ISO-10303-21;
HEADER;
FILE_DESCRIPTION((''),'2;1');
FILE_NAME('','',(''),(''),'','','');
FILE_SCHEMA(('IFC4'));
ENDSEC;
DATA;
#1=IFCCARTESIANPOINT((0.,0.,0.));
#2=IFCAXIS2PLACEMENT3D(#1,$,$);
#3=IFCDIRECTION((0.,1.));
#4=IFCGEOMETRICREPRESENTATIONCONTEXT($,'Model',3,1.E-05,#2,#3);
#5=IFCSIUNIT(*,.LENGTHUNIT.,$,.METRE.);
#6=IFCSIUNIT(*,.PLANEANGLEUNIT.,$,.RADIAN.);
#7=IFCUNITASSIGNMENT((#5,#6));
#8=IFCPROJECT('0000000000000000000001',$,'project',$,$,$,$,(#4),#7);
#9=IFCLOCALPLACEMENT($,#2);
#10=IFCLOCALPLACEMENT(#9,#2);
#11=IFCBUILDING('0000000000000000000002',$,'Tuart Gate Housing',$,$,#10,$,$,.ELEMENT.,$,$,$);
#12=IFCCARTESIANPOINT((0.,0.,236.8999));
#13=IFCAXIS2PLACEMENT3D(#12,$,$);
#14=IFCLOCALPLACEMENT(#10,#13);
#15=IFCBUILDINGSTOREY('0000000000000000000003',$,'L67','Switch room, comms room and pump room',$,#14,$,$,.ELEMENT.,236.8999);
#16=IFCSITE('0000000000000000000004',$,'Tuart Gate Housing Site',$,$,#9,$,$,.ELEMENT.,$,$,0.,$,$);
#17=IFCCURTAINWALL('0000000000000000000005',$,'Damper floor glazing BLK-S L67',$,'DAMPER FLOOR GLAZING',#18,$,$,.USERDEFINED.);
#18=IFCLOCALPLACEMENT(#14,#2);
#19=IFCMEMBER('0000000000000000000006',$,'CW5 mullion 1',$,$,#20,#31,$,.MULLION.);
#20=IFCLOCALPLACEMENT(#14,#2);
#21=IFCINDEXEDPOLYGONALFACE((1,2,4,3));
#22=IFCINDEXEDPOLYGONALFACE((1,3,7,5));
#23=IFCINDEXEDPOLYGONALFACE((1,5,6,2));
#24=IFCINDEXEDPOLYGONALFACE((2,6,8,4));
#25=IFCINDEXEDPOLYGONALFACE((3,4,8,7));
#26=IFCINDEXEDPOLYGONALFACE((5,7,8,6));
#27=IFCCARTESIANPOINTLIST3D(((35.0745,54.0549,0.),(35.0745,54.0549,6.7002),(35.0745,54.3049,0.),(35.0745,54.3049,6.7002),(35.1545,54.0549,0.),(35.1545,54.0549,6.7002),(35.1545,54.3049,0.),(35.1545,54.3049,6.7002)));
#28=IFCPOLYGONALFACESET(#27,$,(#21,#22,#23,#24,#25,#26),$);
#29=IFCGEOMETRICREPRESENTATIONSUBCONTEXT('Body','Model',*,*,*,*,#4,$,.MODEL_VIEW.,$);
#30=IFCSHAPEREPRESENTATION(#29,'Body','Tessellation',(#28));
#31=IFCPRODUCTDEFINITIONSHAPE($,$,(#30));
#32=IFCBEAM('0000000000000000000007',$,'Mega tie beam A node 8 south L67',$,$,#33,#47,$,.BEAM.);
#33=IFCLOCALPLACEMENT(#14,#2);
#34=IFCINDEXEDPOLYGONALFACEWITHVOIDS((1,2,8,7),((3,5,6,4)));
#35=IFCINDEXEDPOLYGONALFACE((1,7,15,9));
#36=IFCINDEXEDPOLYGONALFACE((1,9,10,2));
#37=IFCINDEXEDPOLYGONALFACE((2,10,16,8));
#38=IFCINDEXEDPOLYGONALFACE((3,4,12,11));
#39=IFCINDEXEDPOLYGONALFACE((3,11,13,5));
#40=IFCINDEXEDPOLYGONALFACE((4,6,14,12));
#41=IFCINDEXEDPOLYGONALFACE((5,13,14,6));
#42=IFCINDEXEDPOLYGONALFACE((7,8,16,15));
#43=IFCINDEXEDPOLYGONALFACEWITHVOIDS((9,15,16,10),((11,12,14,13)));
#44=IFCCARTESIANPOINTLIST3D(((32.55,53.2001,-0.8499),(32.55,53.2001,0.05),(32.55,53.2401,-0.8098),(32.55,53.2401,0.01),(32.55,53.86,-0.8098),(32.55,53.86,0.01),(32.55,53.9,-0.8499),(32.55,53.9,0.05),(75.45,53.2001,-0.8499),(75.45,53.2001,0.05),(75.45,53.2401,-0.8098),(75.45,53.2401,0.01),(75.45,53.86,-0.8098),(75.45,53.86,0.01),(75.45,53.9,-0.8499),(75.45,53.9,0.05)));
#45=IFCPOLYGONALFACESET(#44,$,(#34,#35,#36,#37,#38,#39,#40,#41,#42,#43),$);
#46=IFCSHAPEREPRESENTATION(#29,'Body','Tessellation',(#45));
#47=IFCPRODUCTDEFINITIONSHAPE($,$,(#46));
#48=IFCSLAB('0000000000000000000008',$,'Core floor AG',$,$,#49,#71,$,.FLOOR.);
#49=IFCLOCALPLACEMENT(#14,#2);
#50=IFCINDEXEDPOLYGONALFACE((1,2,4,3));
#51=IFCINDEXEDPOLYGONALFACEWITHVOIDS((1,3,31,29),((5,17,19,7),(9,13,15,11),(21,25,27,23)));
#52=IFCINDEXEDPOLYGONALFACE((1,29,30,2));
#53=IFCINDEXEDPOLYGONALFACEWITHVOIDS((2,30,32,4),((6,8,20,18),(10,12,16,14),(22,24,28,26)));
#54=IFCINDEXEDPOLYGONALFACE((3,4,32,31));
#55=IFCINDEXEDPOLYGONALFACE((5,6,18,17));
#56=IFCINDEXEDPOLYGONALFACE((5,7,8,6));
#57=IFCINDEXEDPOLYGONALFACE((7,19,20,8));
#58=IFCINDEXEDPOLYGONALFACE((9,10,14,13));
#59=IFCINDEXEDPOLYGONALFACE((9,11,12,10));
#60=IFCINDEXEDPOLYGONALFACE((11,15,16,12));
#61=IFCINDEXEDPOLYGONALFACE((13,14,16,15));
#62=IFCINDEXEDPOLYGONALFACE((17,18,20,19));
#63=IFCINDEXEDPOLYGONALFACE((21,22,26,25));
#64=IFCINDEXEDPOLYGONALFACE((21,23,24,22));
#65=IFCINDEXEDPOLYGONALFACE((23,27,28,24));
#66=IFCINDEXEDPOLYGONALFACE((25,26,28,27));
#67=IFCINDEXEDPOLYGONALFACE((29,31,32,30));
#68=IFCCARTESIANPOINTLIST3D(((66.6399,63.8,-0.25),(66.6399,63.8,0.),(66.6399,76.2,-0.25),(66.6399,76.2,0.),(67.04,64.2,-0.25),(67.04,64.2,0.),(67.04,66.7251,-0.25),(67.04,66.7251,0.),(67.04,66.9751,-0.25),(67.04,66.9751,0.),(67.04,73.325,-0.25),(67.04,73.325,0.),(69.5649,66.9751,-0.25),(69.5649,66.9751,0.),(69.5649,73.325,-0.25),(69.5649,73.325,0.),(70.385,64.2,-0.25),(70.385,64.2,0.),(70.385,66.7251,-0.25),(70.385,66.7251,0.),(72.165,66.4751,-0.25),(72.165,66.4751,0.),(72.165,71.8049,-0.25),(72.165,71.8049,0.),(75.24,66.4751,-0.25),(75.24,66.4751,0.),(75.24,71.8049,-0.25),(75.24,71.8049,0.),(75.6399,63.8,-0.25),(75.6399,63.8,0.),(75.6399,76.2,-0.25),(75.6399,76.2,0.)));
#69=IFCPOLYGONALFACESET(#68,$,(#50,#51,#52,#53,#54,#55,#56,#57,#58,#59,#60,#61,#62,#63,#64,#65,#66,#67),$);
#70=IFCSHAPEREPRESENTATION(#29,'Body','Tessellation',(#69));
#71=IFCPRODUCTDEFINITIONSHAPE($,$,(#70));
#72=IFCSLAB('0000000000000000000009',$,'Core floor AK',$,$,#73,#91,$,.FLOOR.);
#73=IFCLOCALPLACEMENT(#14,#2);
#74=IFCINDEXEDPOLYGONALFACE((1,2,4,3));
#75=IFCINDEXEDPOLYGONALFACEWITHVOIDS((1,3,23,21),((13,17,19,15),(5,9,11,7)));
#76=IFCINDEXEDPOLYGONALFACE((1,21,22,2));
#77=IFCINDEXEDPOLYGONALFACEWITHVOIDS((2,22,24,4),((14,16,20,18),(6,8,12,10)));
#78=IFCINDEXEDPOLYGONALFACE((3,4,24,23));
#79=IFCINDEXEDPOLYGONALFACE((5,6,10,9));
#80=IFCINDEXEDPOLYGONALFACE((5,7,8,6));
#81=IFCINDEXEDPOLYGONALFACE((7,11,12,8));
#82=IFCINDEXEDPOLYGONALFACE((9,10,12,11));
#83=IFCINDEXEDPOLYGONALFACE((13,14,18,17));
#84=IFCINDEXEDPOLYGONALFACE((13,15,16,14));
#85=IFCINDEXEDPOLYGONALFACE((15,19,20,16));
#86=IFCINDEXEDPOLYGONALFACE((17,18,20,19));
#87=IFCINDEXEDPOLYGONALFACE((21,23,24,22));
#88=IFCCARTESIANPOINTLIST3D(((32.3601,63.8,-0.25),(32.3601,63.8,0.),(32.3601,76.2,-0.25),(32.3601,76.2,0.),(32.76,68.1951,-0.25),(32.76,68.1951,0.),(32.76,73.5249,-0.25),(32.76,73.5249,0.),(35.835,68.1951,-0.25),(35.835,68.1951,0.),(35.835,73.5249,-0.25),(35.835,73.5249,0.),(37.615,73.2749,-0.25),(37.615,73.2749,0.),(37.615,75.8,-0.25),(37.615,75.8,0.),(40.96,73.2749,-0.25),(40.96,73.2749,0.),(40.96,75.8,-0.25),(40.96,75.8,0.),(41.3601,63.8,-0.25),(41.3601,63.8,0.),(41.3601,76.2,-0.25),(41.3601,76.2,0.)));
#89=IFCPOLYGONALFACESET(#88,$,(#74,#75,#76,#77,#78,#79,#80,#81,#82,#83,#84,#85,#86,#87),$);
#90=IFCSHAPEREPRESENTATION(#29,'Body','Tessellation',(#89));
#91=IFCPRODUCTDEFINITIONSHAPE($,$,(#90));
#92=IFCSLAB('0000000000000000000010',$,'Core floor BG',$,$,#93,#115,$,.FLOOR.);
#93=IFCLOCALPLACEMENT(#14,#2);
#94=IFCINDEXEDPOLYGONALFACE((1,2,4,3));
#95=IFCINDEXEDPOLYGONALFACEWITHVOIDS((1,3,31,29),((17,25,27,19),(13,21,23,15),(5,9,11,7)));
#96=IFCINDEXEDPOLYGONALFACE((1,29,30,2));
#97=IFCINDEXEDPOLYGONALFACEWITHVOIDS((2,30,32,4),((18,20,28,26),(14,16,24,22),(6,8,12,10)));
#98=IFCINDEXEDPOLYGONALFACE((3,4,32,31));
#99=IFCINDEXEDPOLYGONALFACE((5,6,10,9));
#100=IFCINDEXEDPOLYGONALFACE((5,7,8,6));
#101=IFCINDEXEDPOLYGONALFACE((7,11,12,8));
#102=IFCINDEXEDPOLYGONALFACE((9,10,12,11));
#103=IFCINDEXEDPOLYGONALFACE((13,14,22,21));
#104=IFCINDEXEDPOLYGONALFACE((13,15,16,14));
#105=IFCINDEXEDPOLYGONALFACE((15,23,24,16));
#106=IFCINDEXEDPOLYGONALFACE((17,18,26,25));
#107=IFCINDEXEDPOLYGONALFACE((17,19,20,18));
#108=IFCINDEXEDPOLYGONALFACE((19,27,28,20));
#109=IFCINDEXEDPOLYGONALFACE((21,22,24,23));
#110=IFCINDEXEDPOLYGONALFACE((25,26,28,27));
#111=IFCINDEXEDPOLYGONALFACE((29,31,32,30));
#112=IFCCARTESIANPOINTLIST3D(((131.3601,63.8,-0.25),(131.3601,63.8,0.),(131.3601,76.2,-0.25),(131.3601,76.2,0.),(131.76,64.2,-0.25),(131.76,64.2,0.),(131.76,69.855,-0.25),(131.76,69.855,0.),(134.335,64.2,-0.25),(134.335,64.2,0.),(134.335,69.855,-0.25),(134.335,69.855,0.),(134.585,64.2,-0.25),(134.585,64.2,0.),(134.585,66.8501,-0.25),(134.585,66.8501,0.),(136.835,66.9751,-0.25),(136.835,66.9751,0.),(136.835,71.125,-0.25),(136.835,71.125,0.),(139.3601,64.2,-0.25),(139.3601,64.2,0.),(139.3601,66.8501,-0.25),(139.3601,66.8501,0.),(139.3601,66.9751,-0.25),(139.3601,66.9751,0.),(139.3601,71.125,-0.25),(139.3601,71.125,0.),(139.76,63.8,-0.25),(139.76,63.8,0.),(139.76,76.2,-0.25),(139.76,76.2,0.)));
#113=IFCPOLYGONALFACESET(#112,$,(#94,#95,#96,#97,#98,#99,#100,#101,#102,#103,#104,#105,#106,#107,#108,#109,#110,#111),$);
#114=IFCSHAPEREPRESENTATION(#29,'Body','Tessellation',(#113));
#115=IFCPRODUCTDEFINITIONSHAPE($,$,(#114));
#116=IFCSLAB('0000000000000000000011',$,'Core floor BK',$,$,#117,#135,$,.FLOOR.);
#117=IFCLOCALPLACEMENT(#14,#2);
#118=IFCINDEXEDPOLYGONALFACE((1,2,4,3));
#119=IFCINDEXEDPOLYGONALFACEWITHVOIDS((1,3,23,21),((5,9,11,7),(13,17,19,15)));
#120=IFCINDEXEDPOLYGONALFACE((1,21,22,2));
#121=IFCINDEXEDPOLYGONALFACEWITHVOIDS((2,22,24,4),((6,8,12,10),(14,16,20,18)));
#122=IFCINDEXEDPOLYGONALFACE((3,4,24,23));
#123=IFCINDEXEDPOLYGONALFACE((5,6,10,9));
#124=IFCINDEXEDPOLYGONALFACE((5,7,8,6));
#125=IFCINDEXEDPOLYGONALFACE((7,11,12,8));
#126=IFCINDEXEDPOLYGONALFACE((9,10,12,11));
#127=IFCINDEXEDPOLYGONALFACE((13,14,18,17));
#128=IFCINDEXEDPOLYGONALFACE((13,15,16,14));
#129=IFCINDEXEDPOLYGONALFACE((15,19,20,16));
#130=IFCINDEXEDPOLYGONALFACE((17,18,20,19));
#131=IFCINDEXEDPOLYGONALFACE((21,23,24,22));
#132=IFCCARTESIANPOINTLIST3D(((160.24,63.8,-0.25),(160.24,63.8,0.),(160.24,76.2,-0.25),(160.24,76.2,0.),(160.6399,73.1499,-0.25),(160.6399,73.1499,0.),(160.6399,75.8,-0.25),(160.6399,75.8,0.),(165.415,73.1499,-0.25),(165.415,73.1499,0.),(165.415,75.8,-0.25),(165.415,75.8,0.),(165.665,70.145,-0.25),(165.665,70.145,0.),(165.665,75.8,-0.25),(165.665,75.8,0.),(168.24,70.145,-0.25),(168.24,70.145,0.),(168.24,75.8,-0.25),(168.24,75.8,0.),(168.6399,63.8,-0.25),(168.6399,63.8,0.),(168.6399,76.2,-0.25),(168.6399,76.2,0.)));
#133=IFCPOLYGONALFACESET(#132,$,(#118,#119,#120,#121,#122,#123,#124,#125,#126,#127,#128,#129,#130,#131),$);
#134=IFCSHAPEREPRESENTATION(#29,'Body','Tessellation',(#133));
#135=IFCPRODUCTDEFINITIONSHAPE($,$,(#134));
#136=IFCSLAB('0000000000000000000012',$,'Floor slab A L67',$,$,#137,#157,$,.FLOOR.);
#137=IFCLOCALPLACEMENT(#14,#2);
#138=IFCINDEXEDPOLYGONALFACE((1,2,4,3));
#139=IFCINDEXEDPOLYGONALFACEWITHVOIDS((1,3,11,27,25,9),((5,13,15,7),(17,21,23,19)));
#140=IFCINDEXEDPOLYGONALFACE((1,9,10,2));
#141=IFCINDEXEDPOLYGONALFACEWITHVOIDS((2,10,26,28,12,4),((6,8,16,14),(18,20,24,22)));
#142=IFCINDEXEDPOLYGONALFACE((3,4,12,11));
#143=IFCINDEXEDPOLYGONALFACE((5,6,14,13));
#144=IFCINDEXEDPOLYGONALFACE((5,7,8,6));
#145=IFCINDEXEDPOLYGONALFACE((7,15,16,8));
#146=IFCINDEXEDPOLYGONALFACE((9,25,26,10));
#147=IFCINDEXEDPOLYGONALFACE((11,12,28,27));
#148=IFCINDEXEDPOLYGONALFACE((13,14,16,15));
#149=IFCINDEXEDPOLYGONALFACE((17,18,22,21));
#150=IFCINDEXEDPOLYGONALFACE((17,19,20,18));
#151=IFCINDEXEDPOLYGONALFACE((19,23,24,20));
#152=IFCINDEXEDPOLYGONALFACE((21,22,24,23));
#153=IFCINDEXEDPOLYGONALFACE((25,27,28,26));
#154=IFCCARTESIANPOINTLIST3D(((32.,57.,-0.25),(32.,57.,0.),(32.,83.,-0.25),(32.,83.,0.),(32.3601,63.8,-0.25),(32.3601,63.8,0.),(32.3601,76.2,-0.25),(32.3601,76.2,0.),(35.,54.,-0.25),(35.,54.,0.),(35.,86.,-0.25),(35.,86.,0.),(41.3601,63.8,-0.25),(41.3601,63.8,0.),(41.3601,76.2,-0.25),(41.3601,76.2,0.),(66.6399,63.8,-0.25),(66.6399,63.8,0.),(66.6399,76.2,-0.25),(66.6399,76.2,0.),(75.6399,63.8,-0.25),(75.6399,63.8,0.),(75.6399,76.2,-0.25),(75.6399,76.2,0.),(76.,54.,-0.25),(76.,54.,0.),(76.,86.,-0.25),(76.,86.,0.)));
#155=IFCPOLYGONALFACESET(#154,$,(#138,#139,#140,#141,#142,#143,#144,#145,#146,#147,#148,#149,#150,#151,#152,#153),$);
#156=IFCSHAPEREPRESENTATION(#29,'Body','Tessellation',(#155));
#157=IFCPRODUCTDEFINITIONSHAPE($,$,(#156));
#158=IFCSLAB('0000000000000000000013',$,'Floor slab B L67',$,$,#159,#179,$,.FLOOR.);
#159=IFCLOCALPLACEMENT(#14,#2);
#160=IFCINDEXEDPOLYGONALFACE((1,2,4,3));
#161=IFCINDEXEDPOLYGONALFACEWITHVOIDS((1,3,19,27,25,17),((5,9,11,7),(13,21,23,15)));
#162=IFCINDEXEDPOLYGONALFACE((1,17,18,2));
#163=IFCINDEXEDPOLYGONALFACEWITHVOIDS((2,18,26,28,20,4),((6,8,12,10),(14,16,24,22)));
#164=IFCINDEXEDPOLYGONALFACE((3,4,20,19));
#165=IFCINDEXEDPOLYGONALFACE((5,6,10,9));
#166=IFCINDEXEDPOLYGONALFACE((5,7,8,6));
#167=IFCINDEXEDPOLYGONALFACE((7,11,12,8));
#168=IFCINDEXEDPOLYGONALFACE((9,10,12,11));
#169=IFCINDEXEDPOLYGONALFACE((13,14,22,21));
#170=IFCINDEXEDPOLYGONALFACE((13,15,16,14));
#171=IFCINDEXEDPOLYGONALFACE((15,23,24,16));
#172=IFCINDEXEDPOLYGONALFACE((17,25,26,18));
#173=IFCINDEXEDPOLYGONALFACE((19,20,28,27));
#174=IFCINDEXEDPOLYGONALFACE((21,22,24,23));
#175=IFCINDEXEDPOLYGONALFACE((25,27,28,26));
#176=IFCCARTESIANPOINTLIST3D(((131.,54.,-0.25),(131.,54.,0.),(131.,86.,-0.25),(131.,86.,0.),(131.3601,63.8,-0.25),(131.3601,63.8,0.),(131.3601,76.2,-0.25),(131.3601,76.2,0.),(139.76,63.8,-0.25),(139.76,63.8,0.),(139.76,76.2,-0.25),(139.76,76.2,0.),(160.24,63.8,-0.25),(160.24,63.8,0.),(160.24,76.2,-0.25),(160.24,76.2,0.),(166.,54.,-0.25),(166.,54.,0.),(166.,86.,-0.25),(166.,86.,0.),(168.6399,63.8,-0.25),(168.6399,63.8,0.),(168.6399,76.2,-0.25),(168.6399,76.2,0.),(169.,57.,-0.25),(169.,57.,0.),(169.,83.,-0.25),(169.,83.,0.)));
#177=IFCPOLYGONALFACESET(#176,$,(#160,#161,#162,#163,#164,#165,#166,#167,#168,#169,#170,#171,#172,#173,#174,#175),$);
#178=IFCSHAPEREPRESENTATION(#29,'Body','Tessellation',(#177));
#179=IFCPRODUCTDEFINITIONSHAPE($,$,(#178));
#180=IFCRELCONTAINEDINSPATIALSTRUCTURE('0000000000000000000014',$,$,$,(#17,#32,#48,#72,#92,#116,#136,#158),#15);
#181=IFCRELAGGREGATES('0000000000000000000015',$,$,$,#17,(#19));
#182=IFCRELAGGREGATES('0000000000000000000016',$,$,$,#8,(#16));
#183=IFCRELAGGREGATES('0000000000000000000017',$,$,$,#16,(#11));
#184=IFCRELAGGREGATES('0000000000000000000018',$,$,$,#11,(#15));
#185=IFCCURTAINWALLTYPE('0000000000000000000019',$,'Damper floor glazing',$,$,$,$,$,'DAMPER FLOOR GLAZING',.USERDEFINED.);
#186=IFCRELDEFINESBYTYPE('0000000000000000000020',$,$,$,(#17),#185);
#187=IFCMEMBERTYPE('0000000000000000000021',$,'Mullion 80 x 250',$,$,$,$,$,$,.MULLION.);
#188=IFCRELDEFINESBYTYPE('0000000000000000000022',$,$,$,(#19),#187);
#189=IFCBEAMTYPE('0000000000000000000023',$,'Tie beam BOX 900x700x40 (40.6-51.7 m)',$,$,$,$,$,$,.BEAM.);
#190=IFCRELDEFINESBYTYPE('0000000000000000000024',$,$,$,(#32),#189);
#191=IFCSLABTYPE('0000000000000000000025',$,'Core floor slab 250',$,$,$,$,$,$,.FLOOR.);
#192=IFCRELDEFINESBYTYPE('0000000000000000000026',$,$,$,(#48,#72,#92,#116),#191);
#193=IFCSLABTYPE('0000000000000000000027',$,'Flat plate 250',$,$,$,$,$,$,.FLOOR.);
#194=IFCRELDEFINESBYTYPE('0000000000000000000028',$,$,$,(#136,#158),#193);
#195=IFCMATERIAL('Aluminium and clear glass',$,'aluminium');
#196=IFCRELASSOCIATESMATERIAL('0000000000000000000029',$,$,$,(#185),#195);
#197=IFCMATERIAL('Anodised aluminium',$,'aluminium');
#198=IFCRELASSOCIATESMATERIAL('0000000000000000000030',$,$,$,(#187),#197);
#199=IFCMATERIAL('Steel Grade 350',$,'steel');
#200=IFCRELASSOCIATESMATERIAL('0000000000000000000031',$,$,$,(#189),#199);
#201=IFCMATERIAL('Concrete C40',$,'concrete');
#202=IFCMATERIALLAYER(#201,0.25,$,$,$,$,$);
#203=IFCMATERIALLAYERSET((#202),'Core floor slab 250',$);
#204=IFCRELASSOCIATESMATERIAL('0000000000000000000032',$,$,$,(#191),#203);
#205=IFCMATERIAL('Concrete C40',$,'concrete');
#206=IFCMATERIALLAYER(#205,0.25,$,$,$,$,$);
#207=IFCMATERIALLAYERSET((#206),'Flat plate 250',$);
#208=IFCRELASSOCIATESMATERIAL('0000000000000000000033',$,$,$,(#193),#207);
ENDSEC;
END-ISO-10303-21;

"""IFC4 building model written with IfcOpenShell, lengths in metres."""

from ifc_helpers import new_model, si_unit, direction, frame, origin, origin_2d, place, context, subcontext, project, spatial, polyline, rectangle, hollow_rectangle, outline, extrude, material, layer, layer_set, material_profile, profile_set, type_object, element, aggregate, save


model = new_model("IFC4")

# Units and contexts
model_context = context("Model", 3, precision=1e-05, world=origin(), true_north=direction((0.0, 1.0)))
body_context = subcontext(model_context, "Body", "Model", "MODEL_VIEW")
ifc_project = project(units=[si_unit("LENGTHUNIT", "METRE"), si_unit("PLANEANGLEUNIT", "RADIAN")], contexts=[model_context])

# Site, building, storey
site_placement = place(None, origin())
site = spatial("IfcSite", under=ifc_project, at=site_placement, Name="Tuart Gate Housing Site", CompositionType="ELEMENT", RefElevation=0.0)
building_placement = place(site_placement, origin())
building = spatial("IfcBuilding", under=site, at=building_placement, Name="Tuart Gate Housing", CompositionType="ELEMENT")
storey_placement = place(building_placement, frame((0.0, 0.0, 236.8999)))
storey = spatial("IfcBuildingStorey", under=building, at=storey_placement, Name="L67", Description="Switch room, comms room and pump room", CompositionType="ELEMENT", Elevation=236.8999)

# Curtain wall, member
ifc_material_1 = material(Name="Aluminium and clear glass", Category="aluminium")
curtain_wall_type = type_object("IfcCurtainWallType", Name="Damper floor glazing", ElementType="DAMPER FLOOR GLAZING", PredefinedType="USERDEFINED", material=ifc_material_1)
curtain_wall_placement = place(storey_placement, origin())
curtain_wall = element("IfcCurtainWall", 1, at=curtain_wall_placement, inside=storey, type_object=curtain_wall_type, Name="Damper floor glazing BLK-S L67", ObjectType="DAMPER FLOOR GLAZING", PredefinedType="USERDEFINED")
ifc_material_2 = material(Name="Anodised aluminium", Category="aluminium")
ifc_material_profile_1 = material_profile(ifc_material_2, rectangle(XDim=0.0801, YDim=0.25, at=origin_2d()), Name="80x250")
ifc_profile_set_1 = profile_set([ifc_material_profile_1], Name="Anodised aluminium")
member_type = type_object("IfcMemberType", Name="Mullion 80 x 250", PredefinedType="MULLION", material=ifc_profile_set_1)
member_placement = place(storey_placement, frame((35.1145, 54.1799, 0.0), z_axis=(0.0, 0.0, 1.0), x_axis=(1.0, 0.0, 0.0)))
member = element("IfcMember", 2, at=member_placement, type_object=member_type, Name="CW5 mullion 1", PredefinedType="MULLION", context=body_context, shape_type="SweptSolid", body=[
    extrude(rectangle(XDim=0.0801, YDim=0.25, at=origin_2d()), origin(), (0.0, 0.0, 1.0), 6.7002),
])
aggregate(curtain_wall, [member])

# Beam
ifc_material_3 = material(Name="Steel Grade 350", Category="steel")
ifc_material_profile_2 = material_profile(ifc_material_3, hollow_rectangle(XDim=0.7, YDim=0.8999, WallThickness=0.04, at=origin_2d()), Name="BOX 900x700x40")
ifc_profile_set_2 = profile_set([ifc_material_profile_2], Name="Steel Grade 350")
beam_type = type_object("IfcBeamType", Name="Tie beam BOX 900x700x40 (40.6-51.7 m)", PredefinedType="BEAM", material=ifc_profile_set_2)
beam_placement = place(storey_placement, frame((32.55, 53.55, -0.3999), z_axis=(1.0, 0.0, 0.0), x_axis=(0.0, 1.0, 0.0)))
element("IfcBeam", 3, at=beam_placement, inside=storey, type_object=beam_type, Name="Mega tie beam A node 8 south L67", PredefinedType="BEAM", context=body_context, shape_type="SweptSolid", body=[
    extrude(hollow_rectangle(XDim=0.7, YDim=0.8999, WallThickness=0.04, at=origin_2d()), origin(), (0.0, 0.0, 1.0), 42.8999),
])

# Slabs
ifc_material_4 = material(Name="Concrete C40", Category="concrete")
ifc_layer_1 = layer(ifc_material_4, 0.25)
ifc_layer_set_1 = layer_set([ifc_layer_1], Name="Core floor slab 250")
slab_type_1 = type_object("IfcSlabType", Name="Core floor slab 250", PredefinedType="FLOOR", material=ifc_layer_set_1)
slab_1_placement = place(storey_placement, frame((0.0, 0.0, -0.25)))
element("IfcSlab", 4, at=slab_1_placement, inside=storey, type_object=slab_type_1, Name="Core floor AG", PredefinedType="FLOOR", context=body_context, shape_type="SweptSolid", body=[
    extrude(outline(polyline([(66.6399, 63.8), (75.6399, 63.8), (75.6399, 76.2), (66.6399, 76.2), (66.6399, 63.8)]), holes=[polyline([(67.04, 64.2), (70.385, 64.2), (70.385, 66.7251), (67.04, 66.7251), (67.04, 64.2)]), polyline([(67.04, 66.9751), (69.5649, 66.9751), (69.5649, 73.325), (67.04, 73.325), (67.04, 66.9751)]), polyline([(72.165, 66.4751), (75.24, 66.4751), (75.24, 71.8049), (72.165, 71.8049), (72.165, 66.4751)])]), origin(), (0.0, 0.0, 1.0), 0.25),
])
slab_2_placement = place(storey_placement, frame((0.0, 0.0, -0.25)))
element("IfcSlab", 5, at=slab_2_placement, inside=storey, type_object=slab_type_1, Name="Core floor AK", PredefinedType="FLOOR", context=body_context, shape_type="SweptSolid", body=[
    extrude(outline(polyline([(32.3601, 63.8), (41.3601, 63.8), (41.3601, 76.2), (32.3601, 76.2), (32.3601, 63.8)]), holes=[polyline([(40.96, 75.8), (37.615, 75.8), (37.615, 73.2749), (40.96, 73.2749), (40.96, 75.8)]), polyline([(35.835, 73.5249), (32.76, 73.5249), (32.76, 68.1951), (35.835, 68.1951), (35.835, 73.5249)])]), origin(), (0.0, 0.0, 1.0), 0.25),
])
slab_3_placement = place(storey_placement, frame((0.0, 0.0, -0.25)))
element("IfcSlab", 6, at=slab_3_placement, inside=storey, type_object=slab_type_1, Name="Core floor BG", PredefinedType="FLOOR", context=body_context, shape_type="SweptSolid", body=[
    extrude(outline(polyline([(131.3601, 63.8), (139.76, 63.8), (139.76, 76.2), (131.3601, 76.2), (131.3601, 63.8)]), holes=[polyline([(139.3601, 66.8501), (134.585, 66.8501), (134.585, 64.2), (139.3601, 64.2), (139.3601, 66.8501)]), polyline([(139.3601, 71.125), (136.835, 71.125), (136.835, 66.9751), (139.3601, 66.9751), (139.3601, 71.125)]), polyline([(134.335, 69.855), (131.76, 69.855), (131.76, 64.2), (134.335, 64.2), (134.335, 69.855)])]), origin(), (0.0, 0.0, 1.0), 0.25),
])
slab_4_placement = place(storey_placement, frame((0.0, 0.0, -0.25)))
element("IfcSlab", 7, at=slab_4_placement, inside=storey, type_object=slab_type_1, Name="Core floor BK", PredefinedType="FLOOR", context=body_context, shape_type="SweptSolid", body=[
    extrude(outline(polyline([(160.24, 63.8), (168.6399, 63.8), (168.6399, 76.2), (160.24, 76.2), (160.24, 63.8)]), holes=[polyline([(160.6399, 73.1499), (165.415, 73.1499), (165.415, 75.8), (160.6399, 75.8), (160.6399, 73.1499)]), polyline([(165.665, 70.145), (168.24, 70.145), (168.24, 75.8), (165.665, 75.8), (165.665, 70.145)])]), origin(), (0.0, 0.0, 1.0), 0.25),
])
ifc_material_5 = material(Name="Concrete C40", Category="concrete")
ifc_layer_2 = layer(ifc_material_5, 0.25)
ifc_layer_set_2 = layer_set([ifc_layer_2], Name="Flat plate 250")
slab_type_2 = type_object("IfcSlabType", Name="Flat plate 250", PredefinedType="FLOOR", material=ifc_layer_set_2)
slab_5_placement = place(storey_placement, frame((0.0, 0.0, -0.25)))
element("IfcSlab", 8, at=slab_5_placement, inside=storey, type_object=slab_type_2, Name="Floor slab A L67", PredefinedType="FLOOR", context=body_context, shape_type="SweptSolid", body=[
    extrude(outline(polyline([(35.0, 86.0), (32.0, 83.0), (32.0, 57.0), (35.0, 54.0), (76.0, 54.0), (76.0, 86.0), (35.0, 86.0)]), holes=[polyline([(66.6399, 76.2), (75.6399, 76.2), (75.6399, 63.8), (66.6399, 63.8), (66.6399, 76.2)]), polyline([(41.3601, 76.2), (41.3601, 63.8), (32.3601, 63.8), (32.3601, 76.2), (41.3601, 76.2)])]), origin(), (0.0, 0.0, 1.0), 0.25),
])
slab_6_placement = place(storey_placement, frame((0.0, 0.0, -0.25)))
element("IfcSlab", 9, at=slab_6_placement, inside=storey, type_object=slab_type_2, Name="Floor slab B L67", PredefinedType="FLOOR", context=body_context, shape_type="SweptSolid", body=[
    extrude(outline(polyline([(166.0, 86.0), (131.0, 86.0), (131.0, 54.0), (166.0, 54.0), (169.0, 57.0), (169.0, 83.0), (166.0, 86.0)]), holes=[polyline([(131.3601, 76.2), (139.76, 76.2), (139.76, 63.8), (131.3601, 63.8), (131.3601, 76.2)]), polyline([(168.6399, 76.2), (168.6399, 63.8), (160.24, 63.8), (160.24, 76.2), (168.6399, 76.2)])]), origin(), (0.0, 0.0, 1.0), 0.25),
])

save(model, "model.ifc")
